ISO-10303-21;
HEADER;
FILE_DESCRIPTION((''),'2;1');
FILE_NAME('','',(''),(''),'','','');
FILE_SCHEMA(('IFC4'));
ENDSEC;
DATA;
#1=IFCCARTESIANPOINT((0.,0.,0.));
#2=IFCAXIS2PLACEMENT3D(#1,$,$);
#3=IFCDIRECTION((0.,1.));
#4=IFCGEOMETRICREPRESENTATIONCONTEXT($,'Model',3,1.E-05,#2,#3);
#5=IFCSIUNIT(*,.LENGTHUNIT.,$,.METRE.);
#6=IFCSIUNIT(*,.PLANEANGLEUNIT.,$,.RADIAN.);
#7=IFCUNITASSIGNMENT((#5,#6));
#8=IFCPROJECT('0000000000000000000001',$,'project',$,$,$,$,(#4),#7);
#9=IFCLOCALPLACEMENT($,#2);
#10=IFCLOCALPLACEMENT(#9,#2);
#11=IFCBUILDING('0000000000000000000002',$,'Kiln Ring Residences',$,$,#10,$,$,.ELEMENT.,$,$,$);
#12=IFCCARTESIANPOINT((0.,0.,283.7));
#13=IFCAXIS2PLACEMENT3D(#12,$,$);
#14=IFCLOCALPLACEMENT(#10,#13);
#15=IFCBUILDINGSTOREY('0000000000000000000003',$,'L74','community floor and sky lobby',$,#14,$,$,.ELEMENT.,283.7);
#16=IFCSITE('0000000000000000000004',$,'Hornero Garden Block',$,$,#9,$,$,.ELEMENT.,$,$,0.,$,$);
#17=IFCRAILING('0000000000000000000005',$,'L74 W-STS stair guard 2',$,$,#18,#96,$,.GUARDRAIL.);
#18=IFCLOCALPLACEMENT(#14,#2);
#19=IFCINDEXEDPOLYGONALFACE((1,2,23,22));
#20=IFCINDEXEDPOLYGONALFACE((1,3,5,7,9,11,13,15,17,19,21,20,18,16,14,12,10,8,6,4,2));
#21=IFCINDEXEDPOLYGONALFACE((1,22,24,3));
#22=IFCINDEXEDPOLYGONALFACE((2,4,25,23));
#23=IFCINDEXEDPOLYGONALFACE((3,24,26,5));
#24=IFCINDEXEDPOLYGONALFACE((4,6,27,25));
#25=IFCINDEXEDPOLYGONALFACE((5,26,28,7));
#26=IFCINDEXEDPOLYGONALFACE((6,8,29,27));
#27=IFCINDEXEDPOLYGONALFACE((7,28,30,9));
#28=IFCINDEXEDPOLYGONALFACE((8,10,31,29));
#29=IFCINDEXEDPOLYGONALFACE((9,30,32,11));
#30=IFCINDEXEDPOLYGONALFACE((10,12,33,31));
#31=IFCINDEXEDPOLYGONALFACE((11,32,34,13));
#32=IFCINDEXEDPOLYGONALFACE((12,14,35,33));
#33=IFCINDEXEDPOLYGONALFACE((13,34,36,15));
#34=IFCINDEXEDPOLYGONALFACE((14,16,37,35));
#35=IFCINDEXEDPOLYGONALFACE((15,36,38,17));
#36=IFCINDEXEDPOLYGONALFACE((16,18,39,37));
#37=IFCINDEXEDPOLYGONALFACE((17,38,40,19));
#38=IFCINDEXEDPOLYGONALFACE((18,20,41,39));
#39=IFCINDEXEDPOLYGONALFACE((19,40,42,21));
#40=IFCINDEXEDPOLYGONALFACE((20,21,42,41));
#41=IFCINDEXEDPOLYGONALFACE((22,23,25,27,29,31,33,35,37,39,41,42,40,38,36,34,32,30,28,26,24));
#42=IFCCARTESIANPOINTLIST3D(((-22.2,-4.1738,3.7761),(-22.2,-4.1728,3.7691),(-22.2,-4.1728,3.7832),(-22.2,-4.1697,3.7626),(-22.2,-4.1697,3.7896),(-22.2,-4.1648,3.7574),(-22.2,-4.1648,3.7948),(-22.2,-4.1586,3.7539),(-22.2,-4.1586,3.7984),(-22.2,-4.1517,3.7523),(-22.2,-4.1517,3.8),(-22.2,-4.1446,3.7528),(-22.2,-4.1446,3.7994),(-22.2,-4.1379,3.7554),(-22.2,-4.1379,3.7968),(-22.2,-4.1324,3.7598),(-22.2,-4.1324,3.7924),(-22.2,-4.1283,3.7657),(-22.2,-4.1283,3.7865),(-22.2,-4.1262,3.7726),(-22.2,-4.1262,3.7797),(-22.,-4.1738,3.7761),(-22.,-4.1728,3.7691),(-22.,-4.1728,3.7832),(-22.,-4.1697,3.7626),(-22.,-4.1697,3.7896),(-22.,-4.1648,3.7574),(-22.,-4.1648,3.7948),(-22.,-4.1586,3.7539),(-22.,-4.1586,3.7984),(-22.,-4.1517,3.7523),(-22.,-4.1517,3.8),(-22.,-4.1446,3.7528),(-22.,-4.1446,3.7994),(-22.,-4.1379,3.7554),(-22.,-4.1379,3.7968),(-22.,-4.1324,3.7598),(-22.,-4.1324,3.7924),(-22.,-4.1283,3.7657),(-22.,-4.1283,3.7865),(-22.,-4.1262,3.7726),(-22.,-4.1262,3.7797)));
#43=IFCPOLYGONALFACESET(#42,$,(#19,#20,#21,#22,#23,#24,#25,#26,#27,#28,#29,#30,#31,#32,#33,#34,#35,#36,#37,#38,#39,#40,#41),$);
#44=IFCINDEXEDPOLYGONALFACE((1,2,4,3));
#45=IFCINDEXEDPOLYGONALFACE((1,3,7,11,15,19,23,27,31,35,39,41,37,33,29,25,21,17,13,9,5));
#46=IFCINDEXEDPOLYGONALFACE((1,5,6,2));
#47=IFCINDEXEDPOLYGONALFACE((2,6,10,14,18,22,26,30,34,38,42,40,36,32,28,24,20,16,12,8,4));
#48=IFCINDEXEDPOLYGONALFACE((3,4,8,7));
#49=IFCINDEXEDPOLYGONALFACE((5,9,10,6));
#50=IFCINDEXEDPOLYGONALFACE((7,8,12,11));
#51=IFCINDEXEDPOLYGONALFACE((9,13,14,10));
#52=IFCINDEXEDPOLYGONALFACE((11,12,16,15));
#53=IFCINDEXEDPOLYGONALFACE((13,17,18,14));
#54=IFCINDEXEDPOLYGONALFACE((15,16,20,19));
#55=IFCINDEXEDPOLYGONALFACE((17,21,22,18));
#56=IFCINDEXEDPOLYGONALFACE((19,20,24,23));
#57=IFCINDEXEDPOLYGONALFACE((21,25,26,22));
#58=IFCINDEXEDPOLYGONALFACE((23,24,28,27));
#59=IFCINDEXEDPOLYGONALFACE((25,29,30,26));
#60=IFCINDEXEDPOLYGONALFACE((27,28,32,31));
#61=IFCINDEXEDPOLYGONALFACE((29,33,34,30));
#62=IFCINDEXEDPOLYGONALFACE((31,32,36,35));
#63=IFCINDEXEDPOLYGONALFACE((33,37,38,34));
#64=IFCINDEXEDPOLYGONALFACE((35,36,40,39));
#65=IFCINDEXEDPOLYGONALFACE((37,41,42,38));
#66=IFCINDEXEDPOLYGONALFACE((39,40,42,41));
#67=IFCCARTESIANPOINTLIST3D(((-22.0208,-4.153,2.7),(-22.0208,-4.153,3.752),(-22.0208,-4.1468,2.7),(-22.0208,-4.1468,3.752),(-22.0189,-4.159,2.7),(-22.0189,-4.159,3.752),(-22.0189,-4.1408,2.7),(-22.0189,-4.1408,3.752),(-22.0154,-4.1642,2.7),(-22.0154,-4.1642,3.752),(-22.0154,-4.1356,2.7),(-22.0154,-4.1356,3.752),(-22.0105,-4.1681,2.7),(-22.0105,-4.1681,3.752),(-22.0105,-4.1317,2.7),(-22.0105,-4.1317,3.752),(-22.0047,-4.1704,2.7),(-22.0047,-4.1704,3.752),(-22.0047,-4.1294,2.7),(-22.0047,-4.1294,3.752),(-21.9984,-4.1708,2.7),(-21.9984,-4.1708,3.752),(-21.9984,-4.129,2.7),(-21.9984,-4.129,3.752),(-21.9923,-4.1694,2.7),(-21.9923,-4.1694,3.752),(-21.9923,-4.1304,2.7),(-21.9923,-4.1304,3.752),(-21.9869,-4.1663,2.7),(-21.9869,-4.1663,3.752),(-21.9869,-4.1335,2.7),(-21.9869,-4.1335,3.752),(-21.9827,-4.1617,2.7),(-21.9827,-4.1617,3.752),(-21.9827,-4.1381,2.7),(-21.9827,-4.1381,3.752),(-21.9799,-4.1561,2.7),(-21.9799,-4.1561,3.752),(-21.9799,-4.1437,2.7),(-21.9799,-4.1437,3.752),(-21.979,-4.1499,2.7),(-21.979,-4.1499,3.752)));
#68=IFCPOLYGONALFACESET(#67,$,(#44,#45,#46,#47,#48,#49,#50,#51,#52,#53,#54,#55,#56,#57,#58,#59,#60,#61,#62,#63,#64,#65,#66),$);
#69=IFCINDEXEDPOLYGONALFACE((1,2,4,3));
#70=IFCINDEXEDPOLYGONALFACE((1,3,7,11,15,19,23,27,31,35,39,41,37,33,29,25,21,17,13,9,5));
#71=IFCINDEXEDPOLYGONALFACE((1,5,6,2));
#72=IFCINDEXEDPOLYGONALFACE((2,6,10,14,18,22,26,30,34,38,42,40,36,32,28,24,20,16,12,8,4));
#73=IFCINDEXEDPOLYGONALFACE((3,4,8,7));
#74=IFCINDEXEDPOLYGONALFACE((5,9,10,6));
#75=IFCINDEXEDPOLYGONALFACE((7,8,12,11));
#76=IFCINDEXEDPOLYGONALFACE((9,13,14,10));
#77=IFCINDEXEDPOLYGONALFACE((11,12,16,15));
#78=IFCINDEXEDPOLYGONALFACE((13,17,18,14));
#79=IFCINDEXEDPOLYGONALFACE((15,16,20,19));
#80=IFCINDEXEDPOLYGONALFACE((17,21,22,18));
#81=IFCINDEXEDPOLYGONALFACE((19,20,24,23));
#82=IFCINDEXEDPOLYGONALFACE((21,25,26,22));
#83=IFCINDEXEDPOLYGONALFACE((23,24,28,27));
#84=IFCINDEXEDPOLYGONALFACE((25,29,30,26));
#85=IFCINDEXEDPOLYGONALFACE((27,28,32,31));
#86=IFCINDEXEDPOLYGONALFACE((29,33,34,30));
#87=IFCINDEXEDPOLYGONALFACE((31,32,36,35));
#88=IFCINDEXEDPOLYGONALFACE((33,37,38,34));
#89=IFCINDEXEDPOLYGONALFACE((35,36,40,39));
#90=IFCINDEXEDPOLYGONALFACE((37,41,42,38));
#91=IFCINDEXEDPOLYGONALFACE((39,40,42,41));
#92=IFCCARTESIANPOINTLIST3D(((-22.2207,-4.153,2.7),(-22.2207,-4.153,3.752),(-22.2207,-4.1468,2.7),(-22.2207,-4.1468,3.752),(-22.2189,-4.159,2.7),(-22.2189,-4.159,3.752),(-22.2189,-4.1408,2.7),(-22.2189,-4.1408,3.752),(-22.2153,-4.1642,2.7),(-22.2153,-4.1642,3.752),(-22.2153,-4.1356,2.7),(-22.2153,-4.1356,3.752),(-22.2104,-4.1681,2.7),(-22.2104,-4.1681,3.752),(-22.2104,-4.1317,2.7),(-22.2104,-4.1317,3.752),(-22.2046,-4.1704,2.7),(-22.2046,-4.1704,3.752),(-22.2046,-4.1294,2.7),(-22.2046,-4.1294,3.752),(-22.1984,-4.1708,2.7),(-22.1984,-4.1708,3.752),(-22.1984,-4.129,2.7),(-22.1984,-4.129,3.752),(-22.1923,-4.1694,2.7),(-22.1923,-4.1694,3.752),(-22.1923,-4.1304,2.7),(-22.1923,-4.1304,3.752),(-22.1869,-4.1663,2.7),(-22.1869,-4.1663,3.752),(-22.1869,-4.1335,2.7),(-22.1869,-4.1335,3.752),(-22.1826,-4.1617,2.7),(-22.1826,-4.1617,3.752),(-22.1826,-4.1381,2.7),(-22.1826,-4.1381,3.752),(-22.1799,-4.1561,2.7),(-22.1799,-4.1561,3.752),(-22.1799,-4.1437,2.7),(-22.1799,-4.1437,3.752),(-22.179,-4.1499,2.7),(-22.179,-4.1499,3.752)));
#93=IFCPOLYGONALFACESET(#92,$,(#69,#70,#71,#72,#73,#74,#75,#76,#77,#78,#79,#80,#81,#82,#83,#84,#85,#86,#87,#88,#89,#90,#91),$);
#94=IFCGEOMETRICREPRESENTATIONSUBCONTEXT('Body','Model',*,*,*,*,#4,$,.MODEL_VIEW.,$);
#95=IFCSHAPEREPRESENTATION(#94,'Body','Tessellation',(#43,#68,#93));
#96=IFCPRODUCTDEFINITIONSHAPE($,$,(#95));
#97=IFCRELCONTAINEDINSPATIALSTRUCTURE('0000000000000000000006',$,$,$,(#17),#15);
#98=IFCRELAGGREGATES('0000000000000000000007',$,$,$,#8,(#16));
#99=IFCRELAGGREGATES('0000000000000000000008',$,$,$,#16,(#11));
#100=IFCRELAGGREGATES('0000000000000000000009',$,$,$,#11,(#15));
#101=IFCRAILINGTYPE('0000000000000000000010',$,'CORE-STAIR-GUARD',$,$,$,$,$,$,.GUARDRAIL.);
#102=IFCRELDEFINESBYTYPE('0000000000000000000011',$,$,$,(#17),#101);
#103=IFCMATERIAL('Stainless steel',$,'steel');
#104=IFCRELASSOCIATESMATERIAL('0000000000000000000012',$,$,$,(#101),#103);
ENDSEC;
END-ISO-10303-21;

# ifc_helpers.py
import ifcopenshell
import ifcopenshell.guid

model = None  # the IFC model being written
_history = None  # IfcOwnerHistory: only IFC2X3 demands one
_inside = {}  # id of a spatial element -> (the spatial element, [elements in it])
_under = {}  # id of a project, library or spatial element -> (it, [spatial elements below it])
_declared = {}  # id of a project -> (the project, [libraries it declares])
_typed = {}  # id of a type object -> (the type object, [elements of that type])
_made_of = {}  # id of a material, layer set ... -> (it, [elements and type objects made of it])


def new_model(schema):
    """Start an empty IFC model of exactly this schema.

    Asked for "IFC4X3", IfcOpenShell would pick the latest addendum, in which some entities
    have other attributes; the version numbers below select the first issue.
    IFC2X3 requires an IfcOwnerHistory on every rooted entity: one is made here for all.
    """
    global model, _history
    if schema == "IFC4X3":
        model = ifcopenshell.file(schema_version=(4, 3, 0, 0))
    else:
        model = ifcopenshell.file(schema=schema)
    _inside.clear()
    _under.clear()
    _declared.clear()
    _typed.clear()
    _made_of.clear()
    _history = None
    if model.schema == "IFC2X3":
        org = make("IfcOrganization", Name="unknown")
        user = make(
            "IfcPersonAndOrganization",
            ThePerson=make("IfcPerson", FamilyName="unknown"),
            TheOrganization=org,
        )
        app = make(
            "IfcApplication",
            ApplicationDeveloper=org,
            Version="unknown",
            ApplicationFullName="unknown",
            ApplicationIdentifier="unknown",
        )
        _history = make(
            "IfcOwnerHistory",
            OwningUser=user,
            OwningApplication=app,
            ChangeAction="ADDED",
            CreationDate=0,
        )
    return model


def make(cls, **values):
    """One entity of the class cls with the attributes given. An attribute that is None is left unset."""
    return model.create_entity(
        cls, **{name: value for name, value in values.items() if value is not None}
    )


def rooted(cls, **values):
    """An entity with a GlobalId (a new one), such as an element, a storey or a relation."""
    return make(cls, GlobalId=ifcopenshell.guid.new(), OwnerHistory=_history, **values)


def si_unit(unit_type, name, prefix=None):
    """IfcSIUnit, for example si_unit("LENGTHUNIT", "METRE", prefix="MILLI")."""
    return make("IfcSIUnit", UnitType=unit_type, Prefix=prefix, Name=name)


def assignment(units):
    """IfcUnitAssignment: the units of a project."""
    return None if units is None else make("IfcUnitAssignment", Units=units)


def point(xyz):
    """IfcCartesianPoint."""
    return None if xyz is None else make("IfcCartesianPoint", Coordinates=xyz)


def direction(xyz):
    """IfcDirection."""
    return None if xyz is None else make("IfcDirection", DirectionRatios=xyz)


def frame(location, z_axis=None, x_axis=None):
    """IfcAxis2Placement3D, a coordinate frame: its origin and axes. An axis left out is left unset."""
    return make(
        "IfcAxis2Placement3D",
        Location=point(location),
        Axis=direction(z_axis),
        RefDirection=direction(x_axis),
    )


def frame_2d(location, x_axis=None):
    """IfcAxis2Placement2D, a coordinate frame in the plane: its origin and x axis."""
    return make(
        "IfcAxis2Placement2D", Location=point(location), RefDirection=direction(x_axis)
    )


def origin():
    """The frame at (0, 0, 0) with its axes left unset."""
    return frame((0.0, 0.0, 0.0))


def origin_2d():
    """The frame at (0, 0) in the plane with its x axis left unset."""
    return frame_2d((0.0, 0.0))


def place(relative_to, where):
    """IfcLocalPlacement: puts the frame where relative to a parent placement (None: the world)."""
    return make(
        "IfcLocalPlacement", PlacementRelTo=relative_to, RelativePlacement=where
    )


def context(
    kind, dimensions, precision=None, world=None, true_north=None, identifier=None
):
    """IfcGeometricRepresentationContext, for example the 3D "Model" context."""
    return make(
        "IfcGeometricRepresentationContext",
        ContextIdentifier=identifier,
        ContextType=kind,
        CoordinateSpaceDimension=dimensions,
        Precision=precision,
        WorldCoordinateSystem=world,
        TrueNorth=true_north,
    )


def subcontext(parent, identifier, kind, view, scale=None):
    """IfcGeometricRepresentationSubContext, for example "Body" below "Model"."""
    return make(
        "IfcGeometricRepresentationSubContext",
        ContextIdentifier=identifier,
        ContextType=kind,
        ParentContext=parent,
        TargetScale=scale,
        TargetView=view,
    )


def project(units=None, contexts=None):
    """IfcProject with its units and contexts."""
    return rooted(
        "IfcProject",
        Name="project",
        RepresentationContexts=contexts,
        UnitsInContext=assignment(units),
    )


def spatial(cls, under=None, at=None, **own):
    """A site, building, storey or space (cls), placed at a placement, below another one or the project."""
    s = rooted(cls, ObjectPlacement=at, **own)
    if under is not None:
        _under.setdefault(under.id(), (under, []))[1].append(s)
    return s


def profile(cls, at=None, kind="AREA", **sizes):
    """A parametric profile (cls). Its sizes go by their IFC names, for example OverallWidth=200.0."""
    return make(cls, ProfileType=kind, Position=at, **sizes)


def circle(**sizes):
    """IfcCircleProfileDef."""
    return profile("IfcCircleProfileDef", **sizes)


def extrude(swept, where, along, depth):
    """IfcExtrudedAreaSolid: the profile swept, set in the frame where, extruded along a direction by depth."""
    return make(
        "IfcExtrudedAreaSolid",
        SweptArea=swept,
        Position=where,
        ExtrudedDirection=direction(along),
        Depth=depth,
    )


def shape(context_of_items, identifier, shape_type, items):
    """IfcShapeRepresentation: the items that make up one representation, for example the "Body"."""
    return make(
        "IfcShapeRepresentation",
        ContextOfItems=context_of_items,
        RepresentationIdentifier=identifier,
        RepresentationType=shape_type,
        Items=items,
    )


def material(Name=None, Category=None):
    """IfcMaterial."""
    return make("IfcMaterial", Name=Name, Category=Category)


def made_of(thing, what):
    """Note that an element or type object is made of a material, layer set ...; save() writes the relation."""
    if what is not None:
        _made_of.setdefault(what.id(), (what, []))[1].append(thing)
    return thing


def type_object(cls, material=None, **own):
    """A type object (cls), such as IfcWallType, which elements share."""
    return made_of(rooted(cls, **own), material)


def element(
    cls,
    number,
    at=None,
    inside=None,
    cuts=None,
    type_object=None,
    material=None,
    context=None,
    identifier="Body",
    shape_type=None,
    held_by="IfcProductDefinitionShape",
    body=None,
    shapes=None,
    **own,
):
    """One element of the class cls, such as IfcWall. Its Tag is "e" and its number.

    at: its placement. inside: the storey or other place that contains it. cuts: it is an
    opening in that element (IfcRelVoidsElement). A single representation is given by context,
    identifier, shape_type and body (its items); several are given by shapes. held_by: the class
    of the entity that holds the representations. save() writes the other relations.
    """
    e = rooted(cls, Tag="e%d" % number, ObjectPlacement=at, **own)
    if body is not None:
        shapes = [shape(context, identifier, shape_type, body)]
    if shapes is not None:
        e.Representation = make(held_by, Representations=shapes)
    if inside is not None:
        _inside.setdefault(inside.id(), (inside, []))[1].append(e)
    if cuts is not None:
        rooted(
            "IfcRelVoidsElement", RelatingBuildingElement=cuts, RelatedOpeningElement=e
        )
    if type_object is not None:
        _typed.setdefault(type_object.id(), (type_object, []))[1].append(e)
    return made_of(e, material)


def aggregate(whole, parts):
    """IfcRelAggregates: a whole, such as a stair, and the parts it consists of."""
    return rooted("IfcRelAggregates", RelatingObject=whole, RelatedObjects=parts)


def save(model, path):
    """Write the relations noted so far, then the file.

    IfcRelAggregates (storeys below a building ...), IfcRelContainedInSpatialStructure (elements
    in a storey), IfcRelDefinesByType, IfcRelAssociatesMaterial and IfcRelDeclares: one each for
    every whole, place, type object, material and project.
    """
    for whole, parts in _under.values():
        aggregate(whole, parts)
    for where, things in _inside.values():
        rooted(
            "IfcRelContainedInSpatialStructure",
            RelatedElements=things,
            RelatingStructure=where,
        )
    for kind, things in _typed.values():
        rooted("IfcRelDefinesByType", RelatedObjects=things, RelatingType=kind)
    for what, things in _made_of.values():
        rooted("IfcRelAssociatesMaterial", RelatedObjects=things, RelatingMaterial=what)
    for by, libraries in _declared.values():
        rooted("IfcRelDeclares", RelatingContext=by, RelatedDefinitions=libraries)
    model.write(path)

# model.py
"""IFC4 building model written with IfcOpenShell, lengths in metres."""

from ifc_helpers import new_model, si_unit, direction, frame, origin, origin_2d, place, context, subcontext, project, spatial, circle, extrude, material, type_object, element, save


model = new_model("IFC4")

# Units and contexts
model_context = context("Model", 3, precision=1e-05, world=origin(), true_north=direction((0.0, 1.0)))
body_context = subcontext(model_context, "Body", "Model", "MODEL_VIEW")
ifc_project = project(units=[si_unit("LENGTHUNIT", "METRE"), si_unit("PLANEANGLEUNIT", "RADIAN")], contexts=[model_context])

# Site, building, storey
site_placement = place(None, origin())
site = spatial("IfcSite", under=ifc_project, at=site_placement, Name="Hornero Garden Block", CompositionType="ELEMENT", RefElevation=0.0)
building_placement = place(site_placement, origin())
building = spatial("IfcBuilding", under=site, at=building_placement, Name="Kiln Ring Residences", CompositionType="ELEMENT")
storey_placement = place(building_placement, frame((0.0, 0.0, 283.7)))
storey = spatial("IfcBuildingStorey", under=building, at=storey_placement, Name="L74", Description="community floor and sky lobby", CompositionType="ELEMENT", Elevation=283.7)

# Railing
ifc_material_1 = material(Name="Stainless steel", Category="steel")
railing_type_1 = type_object("IfcRailingType", Name="CORE-STAIR-GUARD", PredefinedType="GUARDRAIL", material=ifc_material_1)
railing_1_placement = place(storey_placement, frame((-22.0, -4.1499, 2.7)))
element("IfcRailing", 1, at=railing_1_placement, inside=storey, type_object=railing_type_1, Name="L74 W-STS stair guard 2", PredefinedType="GUARDRAIL", context=body_context, shape_type="SweptSolid", body=[
    extrude(circle(Radius=0.0239, at=origin_2d()), frame((0.0, 0.0, 1.0762), z_axis=(-1.0, 0.0, 0.0), x_axis=(0.0, -1.0, 0.0)), (0.0, 0.0, 1.0), 0.2),
    extrude(circle(Radius=0.021, at=origin_2d()), origin(), (0.0, 0.0, 1.0), 1.052),
    extrude(circle(Radius=0.021, at=origin_2d()), frame((-0.2, 0.0, 0.0)), (0.0, 0.0, 1.0), 1.052),
])

save(model, "model.ifc")
